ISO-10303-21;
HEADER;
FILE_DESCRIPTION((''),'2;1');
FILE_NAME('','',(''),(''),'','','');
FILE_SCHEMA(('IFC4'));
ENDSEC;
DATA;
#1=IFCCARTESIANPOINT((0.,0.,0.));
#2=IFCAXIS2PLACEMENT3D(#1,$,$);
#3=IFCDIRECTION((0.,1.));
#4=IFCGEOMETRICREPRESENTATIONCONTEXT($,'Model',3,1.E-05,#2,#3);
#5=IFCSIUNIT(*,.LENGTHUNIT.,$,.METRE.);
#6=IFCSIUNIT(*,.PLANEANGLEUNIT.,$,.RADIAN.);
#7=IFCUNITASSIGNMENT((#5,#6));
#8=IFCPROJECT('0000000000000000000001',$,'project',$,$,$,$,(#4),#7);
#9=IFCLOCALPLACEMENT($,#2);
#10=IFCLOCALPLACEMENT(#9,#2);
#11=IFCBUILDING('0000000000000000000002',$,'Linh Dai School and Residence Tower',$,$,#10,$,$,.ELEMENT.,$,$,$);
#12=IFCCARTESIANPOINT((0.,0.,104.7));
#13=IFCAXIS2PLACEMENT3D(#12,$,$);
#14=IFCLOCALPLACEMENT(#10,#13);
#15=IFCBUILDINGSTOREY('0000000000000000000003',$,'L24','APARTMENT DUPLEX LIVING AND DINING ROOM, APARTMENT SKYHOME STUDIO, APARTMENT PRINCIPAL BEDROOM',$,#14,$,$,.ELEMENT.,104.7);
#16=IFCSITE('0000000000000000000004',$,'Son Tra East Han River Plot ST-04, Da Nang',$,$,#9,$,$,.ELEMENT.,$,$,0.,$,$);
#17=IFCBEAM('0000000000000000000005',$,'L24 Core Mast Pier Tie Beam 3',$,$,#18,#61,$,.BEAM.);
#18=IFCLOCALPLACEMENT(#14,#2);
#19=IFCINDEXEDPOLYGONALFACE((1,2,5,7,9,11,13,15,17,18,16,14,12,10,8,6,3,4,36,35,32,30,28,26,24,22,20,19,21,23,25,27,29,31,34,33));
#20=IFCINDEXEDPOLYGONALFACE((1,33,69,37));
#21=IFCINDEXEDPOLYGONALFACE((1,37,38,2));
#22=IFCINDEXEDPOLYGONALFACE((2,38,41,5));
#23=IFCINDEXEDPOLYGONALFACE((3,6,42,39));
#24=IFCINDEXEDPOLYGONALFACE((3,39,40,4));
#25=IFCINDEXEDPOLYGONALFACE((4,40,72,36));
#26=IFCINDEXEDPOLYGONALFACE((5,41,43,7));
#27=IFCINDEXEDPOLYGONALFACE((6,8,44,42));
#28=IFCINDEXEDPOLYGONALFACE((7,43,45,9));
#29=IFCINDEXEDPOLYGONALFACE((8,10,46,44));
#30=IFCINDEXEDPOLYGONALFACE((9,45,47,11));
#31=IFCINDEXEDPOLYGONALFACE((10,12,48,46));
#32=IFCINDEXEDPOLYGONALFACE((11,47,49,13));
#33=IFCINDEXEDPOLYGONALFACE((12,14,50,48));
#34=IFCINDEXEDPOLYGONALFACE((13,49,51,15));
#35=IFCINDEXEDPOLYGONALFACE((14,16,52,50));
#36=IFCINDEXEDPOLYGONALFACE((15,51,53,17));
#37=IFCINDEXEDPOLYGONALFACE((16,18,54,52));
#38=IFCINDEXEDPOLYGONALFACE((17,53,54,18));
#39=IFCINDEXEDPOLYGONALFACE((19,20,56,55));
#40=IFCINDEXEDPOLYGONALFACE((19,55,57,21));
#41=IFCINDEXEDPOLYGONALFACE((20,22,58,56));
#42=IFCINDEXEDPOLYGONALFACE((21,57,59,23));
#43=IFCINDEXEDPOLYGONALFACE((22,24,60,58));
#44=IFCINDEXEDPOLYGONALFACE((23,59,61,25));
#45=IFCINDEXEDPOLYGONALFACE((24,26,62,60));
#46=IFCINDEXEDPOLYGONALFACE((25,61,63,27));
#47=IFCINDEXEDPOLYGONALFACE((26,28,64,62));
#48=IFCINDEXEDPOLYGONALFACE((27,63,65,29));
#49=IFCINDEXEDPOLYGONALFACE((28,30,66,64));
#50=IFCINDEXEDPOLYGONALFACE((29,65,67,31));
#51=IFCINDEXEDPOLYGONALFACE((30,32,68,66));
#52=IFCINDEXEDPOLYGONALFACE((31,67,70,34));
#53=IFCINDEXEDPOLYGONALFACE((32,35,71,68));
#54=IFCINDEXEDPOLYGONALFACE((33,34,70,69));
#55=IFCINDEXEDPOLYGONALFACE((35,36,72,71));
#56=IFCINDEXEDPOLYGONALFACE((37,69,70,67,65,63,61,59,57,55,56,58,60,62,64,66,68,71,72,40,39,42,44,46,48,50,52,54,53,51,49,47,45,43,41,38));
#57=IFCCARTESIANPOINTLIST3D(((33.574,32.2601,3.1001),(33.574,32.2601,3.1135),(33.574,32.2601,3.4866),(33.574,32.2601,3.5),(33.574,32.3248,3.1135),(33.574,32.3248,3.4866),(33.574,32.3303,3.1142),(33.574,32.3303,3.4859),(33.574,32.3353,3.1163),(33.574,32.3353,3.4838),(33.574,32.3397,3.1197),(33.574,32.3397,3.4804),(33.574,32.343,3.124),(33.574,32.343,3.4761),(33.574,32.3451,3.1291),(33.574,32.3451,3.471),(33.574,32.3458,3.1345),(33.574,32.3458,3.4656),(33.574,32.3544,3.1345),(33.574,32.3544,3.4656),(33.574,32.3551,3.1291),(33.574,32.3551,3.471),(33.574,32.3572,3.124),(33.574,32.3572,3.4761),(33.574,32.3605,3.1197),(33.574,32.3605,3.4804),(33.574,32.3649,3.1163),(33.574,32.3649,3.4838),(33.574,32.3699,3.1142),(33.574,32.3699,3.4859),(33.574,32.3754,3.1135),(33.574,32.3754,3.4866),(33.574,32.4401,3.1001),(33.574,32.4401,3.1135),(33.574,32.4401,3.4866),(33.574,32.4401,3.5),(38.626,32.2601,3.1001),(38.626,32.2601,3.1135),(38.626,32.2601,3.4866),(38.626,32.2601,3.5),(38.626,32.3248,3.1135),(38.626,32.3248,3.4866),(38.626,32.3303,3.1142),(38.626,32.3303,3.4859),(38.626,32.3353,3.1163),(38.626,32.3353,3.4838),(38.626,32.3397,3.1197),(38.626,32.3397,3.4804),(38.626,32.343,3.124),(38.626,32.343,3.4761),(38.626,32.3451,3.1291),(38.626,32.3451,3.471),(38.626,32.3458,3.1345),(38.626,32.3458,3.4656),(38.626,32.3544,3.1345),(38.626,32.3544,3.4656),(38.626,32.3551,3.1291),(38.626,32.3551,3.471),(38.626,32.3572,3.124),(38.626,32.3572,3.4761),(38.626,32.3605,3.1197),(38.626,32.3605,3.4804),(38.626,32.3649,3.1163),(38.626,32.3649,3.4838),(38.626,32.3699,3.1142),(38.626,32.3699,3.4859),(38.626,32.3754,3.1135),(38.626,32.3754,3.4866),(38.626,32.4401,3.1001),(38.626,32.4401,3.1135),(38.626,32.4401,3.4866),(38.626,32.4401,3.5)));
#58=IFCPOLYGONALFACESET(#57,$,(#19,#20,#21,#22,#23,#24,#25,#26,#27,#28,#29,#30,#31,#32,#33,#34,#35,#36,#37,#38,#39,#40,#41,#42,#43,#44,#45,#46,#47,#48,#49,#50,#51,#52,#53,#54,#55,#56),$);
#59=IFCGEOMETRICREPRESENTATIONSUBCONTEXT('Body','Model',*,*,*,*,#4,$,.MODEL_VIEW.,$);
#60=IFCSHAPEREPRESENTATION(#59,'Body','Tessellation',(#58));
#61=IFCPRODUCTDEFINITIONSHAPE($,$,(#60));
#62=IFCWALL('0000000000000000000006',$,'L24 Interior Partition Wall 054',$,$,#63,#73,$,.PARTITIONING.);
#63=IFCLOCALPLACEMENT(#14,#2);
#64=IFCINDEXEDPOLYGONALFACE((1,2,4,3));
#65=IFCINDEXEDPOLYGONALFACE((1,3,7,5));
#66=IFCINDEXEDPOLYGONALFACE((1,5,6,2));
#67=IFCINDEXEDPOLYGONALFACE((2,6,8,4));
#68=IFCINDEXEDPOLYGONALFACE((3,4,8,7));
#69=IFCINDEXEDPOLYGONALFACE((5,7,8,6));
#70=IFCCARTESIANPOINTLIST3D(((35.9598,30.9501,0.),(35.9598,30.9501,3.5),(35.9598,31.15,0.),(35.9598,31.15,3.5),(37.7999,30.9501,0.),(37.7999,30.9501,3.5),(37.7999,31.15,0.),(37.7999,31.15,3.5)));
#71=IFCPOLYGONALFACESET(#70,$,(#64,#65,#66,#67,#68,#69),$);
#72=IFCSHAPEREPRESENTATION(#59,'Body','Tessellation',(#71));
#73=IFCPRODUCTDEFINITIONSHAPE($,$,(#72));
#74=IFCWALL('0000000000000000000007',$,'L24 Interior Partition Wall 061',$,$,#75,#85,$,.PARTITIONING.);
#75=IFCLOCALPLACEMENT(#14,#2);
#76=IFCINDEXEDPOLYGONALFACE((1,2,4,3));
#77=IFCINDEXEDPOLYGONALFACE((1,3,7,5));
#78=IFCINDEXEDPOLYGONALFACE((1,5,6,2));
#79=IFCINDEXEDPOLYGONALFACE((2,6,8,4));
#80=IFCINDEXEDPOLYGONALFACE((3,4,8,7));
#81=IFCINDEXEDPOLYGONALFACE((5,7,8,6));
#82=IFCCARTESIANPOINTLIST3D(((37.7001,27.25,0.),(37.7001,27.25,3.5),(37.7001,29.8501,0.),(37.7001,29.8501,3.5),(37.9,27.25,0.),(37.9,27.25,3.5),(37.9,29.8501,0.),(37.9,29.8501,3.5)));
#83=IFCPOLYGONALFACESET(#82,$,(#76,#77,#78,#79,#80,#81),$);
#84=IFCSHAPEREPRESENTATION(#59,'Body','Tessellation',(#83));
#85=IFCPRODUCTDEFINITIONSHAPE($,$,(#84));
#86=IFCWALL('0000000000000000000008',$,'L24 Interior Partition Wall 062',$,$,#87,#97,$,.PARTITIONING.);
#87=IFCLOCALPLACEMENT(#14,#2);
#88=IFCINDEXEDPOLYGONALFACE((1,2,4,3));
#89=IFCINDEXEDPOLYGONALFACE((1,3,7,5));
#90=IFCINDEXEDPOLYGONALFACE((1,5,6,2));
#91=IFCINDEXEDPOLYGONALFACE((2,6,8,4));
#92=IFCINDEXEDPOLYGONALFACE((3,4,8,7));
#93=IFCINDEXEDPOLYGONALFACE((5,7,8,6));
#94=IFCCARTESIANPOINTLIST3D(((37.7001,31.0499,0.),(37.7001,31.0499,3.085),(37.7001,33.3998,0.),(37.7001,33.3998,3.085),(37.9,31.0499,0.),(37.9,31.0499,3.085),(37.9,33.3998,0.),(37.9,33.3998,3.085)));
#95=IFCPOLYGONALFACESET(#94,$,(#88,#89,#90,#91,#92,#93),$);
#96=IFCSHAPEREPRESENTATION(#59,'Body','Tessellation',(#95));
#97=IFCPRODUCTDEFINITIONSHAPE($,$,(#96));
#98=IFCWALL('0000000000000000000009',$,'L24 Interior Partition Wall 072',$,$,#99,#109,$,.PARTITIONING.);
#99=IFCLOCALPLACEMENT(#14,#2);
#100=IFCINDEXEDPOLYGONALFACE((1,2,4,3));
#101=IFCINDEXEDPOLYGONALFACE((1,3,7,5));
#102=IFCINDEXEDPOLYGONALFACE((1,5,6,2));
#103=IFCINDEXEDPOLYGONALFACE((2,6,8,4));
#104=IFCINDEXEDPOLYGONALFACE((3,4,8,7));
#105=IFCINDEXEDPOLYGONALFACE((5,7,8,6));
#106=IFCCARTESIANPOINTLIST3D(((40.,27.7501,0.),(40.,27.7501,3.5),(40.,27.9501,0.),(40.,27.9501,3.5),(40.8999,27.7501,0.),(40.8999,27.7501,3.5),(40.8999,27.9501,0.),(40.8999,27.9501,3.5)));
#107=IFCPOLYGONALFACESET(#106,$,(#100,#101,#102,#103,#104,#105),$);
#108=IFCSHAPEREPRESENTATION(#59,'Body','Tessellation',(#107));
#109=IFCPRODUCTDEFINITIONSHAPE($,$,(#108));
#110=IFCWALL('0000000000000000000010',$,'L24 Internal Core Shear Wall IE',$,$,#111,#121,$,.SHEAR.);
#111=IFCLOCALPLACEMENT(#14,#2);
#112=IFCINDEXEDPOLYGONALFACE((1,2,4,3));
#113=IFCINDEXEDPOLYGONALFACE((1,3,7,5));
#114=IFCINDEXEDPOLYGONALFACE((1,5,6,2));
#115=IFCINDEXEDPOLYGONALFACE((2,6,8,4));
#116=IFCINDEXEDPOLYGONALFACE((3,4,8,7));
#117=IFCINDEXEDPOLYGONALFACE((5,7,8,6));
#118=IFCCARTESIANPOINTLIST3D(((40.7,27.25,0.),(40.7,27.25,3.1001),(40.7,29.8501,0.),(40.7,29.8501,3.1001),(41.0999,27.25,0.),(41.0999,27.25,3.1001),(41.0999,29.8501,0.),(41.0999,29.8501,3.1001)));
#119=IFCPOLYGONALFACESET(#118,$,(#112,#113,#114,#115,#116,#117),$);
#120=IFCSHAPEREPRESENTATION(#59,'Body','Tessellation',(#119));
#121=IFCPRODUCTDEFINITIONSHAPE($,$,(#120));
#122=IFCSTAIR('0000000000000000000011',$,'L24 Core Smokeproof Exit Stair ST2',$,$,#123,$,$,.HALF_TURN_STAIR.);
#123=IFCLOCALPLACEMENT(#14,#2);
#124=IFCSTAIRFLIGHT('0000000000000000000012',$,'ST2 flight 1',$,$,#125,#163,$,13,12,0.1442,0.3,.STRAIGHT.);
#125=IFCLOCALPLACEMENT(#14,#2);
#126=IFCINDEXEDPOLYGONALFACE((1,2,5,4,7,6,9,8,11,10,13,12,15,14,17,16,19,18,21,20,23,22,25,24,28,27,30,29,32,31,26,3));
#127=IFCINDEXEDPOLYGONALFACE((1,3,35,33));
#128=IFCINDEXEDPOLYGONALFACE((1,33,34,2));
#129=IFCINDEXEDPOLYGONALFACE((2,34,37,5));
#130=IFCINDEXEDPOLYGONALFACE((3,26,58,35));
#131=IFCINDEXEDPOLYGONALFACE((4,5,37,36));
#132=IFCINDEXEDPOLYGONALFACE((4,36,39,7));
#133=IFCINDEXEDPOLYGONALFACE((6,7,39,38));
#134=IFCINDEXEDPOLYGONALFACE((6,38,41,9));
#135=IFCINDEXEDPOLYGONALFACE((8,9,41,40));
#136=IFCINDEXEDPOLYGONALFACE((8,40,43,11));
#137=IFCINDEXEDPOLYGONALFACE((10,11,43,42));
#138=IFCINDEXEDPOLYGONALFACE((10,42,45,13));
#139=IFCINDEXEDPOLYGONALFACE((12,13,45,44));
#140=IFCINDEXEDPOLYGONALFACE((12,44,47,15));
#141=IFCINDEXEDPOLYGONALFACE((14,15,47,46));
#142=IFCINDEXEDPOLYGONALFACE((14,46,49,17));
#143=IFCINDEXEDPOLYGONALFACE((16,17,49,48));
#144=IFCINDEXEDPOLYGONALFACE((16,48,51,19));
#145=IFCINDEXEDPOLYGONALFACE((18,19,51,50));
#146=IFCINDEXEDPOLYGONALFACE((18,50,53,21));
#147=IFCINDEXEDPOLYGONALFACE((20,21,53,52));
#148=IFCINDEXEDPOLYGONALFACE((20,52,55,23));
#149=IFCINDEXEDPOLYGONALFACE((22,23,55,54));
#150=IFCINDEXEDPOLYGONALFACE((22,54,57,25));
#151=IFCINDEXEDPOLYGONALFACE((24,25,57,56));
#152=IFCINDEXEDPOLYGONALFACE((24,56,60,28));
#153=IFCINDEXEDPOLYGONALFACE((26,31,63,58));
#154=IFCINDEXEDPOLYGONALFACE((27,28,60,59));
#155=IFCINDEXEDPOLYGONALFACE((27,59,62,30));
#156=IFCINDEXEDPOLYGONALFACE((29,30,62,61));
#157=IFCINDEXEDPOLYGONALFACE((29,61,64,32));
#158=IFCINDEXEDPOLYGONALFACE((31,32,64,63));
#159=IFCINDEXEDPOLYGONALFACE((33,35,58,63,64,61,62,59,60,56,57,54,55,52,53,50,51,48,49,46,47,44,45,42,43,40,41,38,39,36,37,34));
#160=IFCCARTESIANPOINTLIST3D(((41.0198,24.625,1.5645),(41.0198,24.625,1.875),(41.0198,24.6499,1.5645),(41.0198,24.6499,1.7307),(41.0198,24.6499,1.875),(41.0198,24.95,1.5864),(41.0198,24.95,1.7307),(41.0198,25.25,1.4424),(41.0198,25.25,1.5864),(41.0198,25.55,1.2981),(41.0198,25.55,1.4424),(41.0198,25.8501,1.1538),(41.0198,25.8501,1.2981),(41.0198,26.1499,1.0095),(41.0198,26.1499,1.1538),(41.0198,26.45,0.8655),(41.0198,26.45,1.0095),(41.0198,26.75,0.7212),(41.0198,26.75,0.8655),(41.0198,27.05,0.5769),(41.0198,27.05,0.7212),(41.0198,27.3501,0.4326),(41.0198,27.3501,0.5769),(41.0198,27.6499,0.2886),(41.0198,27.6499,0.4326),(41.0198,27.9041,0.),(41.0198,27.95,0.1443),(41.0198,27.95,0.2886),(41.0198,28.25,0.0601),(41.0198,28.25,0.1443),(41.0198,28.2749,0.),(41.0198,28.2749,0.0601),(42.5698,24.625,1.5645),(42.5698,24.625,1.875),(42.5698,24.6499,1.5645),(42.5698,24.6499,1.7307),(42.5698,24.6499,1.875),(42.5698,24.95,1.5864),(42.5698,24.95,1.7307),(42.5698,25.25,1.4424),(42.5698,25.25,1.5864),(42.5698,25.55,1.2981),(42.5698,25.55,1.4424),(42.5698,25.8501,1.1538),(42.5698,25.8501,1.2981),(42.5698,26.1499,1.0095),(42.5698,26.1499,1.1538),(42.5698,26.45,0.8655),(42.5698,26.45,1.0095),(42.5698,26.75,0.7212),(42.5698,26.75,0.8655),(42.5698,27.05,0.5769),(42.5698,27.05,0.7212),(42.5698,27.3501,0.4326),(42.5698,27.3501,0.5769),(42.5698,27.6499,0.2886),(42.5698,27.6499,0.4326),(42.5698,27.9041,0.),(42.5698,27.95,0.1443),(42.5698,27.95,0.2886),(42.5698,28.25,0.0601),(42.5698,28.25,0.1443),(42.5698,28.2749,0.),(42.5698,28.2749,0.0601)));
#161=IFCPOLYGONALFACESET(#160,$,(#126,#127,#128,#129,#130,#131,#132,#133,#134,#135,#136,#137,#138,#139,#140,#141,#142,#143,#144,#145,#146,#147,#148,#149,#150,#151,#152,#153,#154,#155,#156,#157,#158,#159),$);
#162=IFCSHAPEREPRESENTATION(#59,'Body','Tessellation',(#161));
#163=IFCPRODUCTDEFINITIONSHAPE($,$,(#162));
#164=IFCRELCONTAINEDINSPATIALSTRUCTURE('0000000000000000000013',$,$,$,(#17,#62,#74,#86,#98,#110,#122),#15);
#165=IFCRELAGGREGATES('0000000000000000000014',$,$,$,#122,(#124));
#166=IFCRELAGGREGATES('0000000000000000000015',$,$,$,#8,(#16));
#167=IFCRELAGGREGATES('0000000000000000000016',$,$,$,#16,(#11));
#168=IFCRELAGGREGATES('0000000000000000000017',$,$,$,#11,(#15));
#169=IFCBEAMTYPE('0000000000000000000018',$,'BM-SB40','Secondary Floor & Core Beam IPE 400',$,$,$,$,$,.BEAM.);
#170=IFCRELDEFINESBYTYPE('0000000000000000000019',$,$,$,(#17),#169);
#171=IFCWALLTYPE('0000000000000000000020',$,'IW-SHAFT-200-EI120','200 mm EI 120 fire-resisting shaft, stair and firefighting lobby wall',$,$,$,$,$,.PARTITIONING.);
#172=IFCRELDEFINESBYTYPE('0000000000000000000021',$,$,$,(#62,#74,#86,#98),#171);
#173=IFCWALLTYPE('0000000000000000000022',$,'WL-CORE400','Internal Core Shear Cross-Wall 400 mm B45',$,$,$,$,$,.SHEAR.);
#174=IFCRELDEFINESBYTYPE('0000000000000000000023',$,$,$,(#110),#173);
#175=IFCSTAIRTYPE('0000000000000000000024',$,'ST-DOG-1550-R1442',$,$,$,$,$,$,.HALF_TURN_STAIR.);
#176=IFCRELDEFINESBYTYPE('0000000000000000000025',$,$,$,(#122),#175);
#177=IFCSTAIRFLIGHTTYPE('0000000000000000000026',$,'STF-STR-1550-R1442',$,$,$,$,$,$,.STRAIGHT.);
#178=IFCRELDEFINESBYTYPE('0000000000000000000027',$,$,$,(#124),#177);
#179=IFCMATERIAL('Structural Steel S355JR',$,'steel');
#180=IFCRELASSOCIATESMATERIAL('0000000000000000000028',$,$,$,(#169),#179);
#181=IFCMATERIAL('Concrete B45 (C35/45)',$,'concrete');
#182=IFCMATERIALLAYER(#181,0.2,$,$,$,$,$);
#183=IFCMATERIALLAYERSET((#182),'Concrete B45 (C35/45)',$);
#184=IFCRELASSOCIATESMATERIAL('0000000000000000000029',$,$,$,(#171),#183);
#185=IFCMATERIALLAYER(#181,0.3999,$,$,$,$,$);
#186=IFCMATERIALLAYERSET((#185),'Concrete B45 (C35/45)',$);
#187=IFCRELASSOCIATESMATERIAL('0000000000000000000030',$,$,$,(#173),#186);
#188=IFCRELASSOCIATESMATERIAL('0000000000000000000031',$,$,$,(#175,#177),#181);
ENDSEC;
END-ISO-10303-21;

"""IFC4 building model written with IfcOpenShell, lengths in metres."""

from ifc_helpers import new_model, si_unit, direction, frame, frame_2d, origin, origin_2d, place, context, subcontext, project, spatial, polyline, rectangle, i_section, outline, extrude, source, transform, mapped, material, layer, layer_set, material_profile, profile_set, type_object, element, aggregate, save


model = new_model("IFC4")

# Units and contexts
model_context = context("Model", 3, precision=1e-05, world=origin(), true_north=direction((0.0, 1.0)))
body_context = subcontext(model_context, "Body", "Model", "MODEL_VIEW")
ifc_project = project(units=[si_unit("LENGTHUNIT", "METRE"), si_unit("PLANEANGLEUNIT", "RADIAN")], contexts=[model_context])

# Site, building, storey
site_placement = place(None, origin())
site = spatial("IfcSite", under=ifc_project, at=site_placement, Name="Son Tra East Han River Plot ST-04, Da Nang", CompositionType="ELEMENT", RefElevation=0.0)
building_placement = place(site_placement, origin())
building = spatial("IfcBuilding", under=site, at=building_placement, Name="Linh Dai School and Residence Tower", CompositionType="ELEMENT")
storey_placement = place(building_placement, frame((0.0, 0.0, 104.7)))
storey = spatial("IfcBuildingStorey", under=building, at=storey_placement, Name="L24", Description="APARTMENT DUPLEX LIVING AND DINING ROOM, APARTMENT SKYHOME STUDIO, APARTMENT PRINCIPAL BEDROOM", CompositionType="ELEMENT", Elevation=104.7)

# Shared definitions
ifc_material_1 = material(Name="Structural Steel S355JR", Category="steel")

# Beam
ifc_material_profile_1 = material_profile(ifc_material_1, i_section(OverallWidth=0.1799, OverallDepth=0.3999, WebThickness=0.0085, FlangeThickness=0.0134, FilletRadius=0.021, at=origin_2d()), Name="IPE 400")
ifc_profile_set_1 = profile_set([ifc_material_profile_1], Name="Structural Steel S355JR")
beam_type_1 = type_object("IfcBeamType", Name="BM-SB40", Description="Secondary Floor & Core Beam IPE 400", PredefinedType="BEAM", material=ifc_profile_set_1)
beam_1_placement = place(storey_placement, frame((38.626, 32.3501, 3.3), z_axis=(-1.0, 0.0, 0.0), x_axis=(0.0, -1.0, 0.0)))
element("IfcBeam", 1, at=beam_1_placement, inside=storey, type_object=beam_type_1, Name="L24 Core Mast Pier Tie Beam 3", PredefinedType="BEAM", context=body_context, shape_type="SweptSolid", body=[
    extrude(i_section(OverallWidth=0.1799, OverallDepth=0.3999, WebThickness=0.0085, FlangeThickness=0.0134, FilletRadius=0.021, at=origin_2d()), origin(), (0.0, 0.0, 1.0), 5.052),
])

# Walls
ifc_material_2 = material(Name="Concrete B45 (C35/45)", Category="concrete")
ifc_layer_1 = layer(ifc_material_2, 0.2)
ifc_layer_set_1 = layer_set([ifc_layer_1], Name="Concrete B45 (C35/45)")
wall_type_1 = type_object("IfcWallType", Name="IW-SHAFT-200-EI120", Description="200 mm EI 120 fire-resisting shaft, stair and firefighting lobby wall", PredefinedType="PARTITIONING", material=ifc_layer_set_1)
wall_1_placement = place(storey_placement, frame((35.96, 31.05, 0.0), z_axis=(0.0, 0.0, 1.0), x_axis=(1.0, 0.0, 0.0)))
element("IfcWall", 2, at=wall_1_placement, inside=storey, type_object=wall_type_1, Name="L24 Interior Partition Wall 054", PredefinedType="PARTITIONING", context=body_context, shape_type="SweptSolid", body=[
    extrude(rectangle(XDim=1.8401, YDim=0.2, at=frame_2d((0.9199, 0.0))), origin(), (0.0, 0.0, 1.0), 3.5),
])
wall_2_placement = place(storey_placement, frame((37.8, 27.25, 0.0), z_axis=(0.0, 0.0, 1.0), x_axis=(0.0, 1.0, 0.0)))
element("IfcWall", 3, at=wall_2_placement, inside=storey, type_object=wall_type_1, Name="L24 Interior Partition Wall 061", PredefinedType="PARTITIONING", context=body_context, shape_type="SweptSolid", body=[
    extrude(rectangle(XDim=2.6001, YDim=0.2, at=frame_2d((1.3, 0.0))), origin(), (0.0, 0.0, 1.0), 3.5),
])
wall_3_placement = place(storey_placement, frame((37.8, 31.05, 0.0), z_axis=(0.0, 0.0, 1.0), x_axis=(0.0, 1.0, 0.0)))
element("IfcWall", 4, at=wall_3_placement, inside=storey, type_object=wall_type_1, Name="L24 Interior Partition Wall 062", PredefinedType="PARTITIONING", context=body_context, shape_type="SweptSolid", body=[
    extrude(rectangle(XDim=2.3499, YDim=0.2, at=frame_2d((1.1748, 0.0))), origin(), (0.0, 0.0, 1.0), 3.085),
])
wall_4_placement = place(storey_placement, frame((40.0, 27.8501, 0.0), z_axis=(0.0, 0.0, 1.0), x_axis=(1.0, 0.0, 0.0)))
element("IfcWall", 5, at=wall_4_placement, inside=storey, type_object=wall_type_1, Name="L24 Interior Partition Wall 072", PredefinedType="PARTITIONING", context=body_context, shape_type="SweptSolid", body=[
    extrude(rectangle(XDim=0.8999, YDim=0.2, at=frame_2d((0.45, 0.0))), origin(), (0.0, 0.0, 1.0), 3.5),
])
ifc_layer_2 = layer(ifc_material_2, 0.3999)
ifc_layer_set_2 = layer_set([ifc_layer_2], Name="Concrete B45 (C35/45)")
wall_type_2 = type_object("IfcWallType", Name="WL-CORE400", Description="Internal Core Shear Cross-Wall 400 mm B45", PredefinedType="SHEAR", material=ifc_layer_set_2)
wall_5_placement = place(storey_placement, frame((40.8999, 27.25, 0.0), z_axis=(0.0, 0.0, 1.0), x_axis=(0.0, 1.0, 0.0)))
element("IfcWall", 6, at=wall_5_placement, inside=storey, type_object=wall_type_2, Name="L24 Internal Core Shear Wall IE", PredefinedType="SHEAR", context=body_context, shape_type="SweptSolid", body=[
    extrude(rectangle(XDim=2.6001, YDim=0.3999, at=frame_2d((1.3, 0.0))), origin(), (0.0, 0.0, 1.0), 3.1001),
])

# Stair, stair flight
stair_type = type_object("IfcStairType", Name="ST-DOG-1550-R1442", PredefinedType="HALF_TURN_STAIR", material=ifc_material_2)
stair_placement = place(storey_placement, origin())
stair = element("IfcStair", 7, at=stair_placement, inside=storey, type_object=stair_type, Name="L24 Core Smokeproof Exit Stair ST2", PredefinedType="HALF_TURN_STAIR")
stair_flight_type = type_object("IfcStairFlightType", Name="STF-STR-1550-R1442", PredefinedType="STRAIGHT", material=ifc_material_2)
shared_shape_1 = source(origin(), body_context, "Body", "SweptSolid", [
    extrude(outline(polyline([(-0.0249, 0.0), (-0.0249, 0.0601), (0.0, 0.0601), (0.0, 0.1443), (0.3, 0.1443), (0.3, 0.2886), (0.6001, 0.2886), (0.6001, 0.4326), (0.8999, 0.4326), (0.8999, 0.5769), (1.2, 0.5769), (1.2, 0.7212), (1.5, 0.7212), (1.5, 0.8655), (1.8, 0.8655), (1.8, 1.0095), (2.1001, 1.0095), (2.1001, 1.1538), (2.3999, 1.1538), (2.3999, 1.2981), (2.7, 1.2981), (2.7, 1.4424), (3.0, 1.4424), (3.0, 1.5864), (3.3, 1.5864), (3.3, 1.7307), (3.6001, 1.7307), (3.6001, 1.875), (3.625, 1.875), (3.625, 1.5645), (3.6001, 1.5645), (0.3459, 0.0), (-0.0249, 0.0)])), frame((0.0, 0.7749, 0.0), z_axis=(0.0, -1.0, 0.0), x_axis=(1.0, 0.0, 0.0)), (0.0, 0.0, 1.0), 1.55),
])
stair_flight_placement = place(storey_placement, frame((41.7949, 28.25, 0.0), z_axis=(0.0, 0.0, 1.0), x_axis=(0.0, -1.0, 0.0)))
stair_flight = element("IfcStairFlight", 8, at=stair_flight_placement, type_object=stair_flight_type, Name="ST2 flight 1", NumberOfRisers=13, NumberOfTreads=12, PredefinedType="STRAIGHT", RiserHeight=0.1442, TreadLength=0.3, context=body_context, shape_type="MappedRepresentation", body=[
    mapped(shared_shape_1, transform((0.0, 0.0, 0.0), x_axis=(1.0, 0.0, 0.0), y_axis=(0.0, 1.0, 0.0), z_axis=(0.0, 0.0, 1.0), scale=1.0)),
])
aggregate(stair, [stair_flight])

save(model, "model.ifc")
